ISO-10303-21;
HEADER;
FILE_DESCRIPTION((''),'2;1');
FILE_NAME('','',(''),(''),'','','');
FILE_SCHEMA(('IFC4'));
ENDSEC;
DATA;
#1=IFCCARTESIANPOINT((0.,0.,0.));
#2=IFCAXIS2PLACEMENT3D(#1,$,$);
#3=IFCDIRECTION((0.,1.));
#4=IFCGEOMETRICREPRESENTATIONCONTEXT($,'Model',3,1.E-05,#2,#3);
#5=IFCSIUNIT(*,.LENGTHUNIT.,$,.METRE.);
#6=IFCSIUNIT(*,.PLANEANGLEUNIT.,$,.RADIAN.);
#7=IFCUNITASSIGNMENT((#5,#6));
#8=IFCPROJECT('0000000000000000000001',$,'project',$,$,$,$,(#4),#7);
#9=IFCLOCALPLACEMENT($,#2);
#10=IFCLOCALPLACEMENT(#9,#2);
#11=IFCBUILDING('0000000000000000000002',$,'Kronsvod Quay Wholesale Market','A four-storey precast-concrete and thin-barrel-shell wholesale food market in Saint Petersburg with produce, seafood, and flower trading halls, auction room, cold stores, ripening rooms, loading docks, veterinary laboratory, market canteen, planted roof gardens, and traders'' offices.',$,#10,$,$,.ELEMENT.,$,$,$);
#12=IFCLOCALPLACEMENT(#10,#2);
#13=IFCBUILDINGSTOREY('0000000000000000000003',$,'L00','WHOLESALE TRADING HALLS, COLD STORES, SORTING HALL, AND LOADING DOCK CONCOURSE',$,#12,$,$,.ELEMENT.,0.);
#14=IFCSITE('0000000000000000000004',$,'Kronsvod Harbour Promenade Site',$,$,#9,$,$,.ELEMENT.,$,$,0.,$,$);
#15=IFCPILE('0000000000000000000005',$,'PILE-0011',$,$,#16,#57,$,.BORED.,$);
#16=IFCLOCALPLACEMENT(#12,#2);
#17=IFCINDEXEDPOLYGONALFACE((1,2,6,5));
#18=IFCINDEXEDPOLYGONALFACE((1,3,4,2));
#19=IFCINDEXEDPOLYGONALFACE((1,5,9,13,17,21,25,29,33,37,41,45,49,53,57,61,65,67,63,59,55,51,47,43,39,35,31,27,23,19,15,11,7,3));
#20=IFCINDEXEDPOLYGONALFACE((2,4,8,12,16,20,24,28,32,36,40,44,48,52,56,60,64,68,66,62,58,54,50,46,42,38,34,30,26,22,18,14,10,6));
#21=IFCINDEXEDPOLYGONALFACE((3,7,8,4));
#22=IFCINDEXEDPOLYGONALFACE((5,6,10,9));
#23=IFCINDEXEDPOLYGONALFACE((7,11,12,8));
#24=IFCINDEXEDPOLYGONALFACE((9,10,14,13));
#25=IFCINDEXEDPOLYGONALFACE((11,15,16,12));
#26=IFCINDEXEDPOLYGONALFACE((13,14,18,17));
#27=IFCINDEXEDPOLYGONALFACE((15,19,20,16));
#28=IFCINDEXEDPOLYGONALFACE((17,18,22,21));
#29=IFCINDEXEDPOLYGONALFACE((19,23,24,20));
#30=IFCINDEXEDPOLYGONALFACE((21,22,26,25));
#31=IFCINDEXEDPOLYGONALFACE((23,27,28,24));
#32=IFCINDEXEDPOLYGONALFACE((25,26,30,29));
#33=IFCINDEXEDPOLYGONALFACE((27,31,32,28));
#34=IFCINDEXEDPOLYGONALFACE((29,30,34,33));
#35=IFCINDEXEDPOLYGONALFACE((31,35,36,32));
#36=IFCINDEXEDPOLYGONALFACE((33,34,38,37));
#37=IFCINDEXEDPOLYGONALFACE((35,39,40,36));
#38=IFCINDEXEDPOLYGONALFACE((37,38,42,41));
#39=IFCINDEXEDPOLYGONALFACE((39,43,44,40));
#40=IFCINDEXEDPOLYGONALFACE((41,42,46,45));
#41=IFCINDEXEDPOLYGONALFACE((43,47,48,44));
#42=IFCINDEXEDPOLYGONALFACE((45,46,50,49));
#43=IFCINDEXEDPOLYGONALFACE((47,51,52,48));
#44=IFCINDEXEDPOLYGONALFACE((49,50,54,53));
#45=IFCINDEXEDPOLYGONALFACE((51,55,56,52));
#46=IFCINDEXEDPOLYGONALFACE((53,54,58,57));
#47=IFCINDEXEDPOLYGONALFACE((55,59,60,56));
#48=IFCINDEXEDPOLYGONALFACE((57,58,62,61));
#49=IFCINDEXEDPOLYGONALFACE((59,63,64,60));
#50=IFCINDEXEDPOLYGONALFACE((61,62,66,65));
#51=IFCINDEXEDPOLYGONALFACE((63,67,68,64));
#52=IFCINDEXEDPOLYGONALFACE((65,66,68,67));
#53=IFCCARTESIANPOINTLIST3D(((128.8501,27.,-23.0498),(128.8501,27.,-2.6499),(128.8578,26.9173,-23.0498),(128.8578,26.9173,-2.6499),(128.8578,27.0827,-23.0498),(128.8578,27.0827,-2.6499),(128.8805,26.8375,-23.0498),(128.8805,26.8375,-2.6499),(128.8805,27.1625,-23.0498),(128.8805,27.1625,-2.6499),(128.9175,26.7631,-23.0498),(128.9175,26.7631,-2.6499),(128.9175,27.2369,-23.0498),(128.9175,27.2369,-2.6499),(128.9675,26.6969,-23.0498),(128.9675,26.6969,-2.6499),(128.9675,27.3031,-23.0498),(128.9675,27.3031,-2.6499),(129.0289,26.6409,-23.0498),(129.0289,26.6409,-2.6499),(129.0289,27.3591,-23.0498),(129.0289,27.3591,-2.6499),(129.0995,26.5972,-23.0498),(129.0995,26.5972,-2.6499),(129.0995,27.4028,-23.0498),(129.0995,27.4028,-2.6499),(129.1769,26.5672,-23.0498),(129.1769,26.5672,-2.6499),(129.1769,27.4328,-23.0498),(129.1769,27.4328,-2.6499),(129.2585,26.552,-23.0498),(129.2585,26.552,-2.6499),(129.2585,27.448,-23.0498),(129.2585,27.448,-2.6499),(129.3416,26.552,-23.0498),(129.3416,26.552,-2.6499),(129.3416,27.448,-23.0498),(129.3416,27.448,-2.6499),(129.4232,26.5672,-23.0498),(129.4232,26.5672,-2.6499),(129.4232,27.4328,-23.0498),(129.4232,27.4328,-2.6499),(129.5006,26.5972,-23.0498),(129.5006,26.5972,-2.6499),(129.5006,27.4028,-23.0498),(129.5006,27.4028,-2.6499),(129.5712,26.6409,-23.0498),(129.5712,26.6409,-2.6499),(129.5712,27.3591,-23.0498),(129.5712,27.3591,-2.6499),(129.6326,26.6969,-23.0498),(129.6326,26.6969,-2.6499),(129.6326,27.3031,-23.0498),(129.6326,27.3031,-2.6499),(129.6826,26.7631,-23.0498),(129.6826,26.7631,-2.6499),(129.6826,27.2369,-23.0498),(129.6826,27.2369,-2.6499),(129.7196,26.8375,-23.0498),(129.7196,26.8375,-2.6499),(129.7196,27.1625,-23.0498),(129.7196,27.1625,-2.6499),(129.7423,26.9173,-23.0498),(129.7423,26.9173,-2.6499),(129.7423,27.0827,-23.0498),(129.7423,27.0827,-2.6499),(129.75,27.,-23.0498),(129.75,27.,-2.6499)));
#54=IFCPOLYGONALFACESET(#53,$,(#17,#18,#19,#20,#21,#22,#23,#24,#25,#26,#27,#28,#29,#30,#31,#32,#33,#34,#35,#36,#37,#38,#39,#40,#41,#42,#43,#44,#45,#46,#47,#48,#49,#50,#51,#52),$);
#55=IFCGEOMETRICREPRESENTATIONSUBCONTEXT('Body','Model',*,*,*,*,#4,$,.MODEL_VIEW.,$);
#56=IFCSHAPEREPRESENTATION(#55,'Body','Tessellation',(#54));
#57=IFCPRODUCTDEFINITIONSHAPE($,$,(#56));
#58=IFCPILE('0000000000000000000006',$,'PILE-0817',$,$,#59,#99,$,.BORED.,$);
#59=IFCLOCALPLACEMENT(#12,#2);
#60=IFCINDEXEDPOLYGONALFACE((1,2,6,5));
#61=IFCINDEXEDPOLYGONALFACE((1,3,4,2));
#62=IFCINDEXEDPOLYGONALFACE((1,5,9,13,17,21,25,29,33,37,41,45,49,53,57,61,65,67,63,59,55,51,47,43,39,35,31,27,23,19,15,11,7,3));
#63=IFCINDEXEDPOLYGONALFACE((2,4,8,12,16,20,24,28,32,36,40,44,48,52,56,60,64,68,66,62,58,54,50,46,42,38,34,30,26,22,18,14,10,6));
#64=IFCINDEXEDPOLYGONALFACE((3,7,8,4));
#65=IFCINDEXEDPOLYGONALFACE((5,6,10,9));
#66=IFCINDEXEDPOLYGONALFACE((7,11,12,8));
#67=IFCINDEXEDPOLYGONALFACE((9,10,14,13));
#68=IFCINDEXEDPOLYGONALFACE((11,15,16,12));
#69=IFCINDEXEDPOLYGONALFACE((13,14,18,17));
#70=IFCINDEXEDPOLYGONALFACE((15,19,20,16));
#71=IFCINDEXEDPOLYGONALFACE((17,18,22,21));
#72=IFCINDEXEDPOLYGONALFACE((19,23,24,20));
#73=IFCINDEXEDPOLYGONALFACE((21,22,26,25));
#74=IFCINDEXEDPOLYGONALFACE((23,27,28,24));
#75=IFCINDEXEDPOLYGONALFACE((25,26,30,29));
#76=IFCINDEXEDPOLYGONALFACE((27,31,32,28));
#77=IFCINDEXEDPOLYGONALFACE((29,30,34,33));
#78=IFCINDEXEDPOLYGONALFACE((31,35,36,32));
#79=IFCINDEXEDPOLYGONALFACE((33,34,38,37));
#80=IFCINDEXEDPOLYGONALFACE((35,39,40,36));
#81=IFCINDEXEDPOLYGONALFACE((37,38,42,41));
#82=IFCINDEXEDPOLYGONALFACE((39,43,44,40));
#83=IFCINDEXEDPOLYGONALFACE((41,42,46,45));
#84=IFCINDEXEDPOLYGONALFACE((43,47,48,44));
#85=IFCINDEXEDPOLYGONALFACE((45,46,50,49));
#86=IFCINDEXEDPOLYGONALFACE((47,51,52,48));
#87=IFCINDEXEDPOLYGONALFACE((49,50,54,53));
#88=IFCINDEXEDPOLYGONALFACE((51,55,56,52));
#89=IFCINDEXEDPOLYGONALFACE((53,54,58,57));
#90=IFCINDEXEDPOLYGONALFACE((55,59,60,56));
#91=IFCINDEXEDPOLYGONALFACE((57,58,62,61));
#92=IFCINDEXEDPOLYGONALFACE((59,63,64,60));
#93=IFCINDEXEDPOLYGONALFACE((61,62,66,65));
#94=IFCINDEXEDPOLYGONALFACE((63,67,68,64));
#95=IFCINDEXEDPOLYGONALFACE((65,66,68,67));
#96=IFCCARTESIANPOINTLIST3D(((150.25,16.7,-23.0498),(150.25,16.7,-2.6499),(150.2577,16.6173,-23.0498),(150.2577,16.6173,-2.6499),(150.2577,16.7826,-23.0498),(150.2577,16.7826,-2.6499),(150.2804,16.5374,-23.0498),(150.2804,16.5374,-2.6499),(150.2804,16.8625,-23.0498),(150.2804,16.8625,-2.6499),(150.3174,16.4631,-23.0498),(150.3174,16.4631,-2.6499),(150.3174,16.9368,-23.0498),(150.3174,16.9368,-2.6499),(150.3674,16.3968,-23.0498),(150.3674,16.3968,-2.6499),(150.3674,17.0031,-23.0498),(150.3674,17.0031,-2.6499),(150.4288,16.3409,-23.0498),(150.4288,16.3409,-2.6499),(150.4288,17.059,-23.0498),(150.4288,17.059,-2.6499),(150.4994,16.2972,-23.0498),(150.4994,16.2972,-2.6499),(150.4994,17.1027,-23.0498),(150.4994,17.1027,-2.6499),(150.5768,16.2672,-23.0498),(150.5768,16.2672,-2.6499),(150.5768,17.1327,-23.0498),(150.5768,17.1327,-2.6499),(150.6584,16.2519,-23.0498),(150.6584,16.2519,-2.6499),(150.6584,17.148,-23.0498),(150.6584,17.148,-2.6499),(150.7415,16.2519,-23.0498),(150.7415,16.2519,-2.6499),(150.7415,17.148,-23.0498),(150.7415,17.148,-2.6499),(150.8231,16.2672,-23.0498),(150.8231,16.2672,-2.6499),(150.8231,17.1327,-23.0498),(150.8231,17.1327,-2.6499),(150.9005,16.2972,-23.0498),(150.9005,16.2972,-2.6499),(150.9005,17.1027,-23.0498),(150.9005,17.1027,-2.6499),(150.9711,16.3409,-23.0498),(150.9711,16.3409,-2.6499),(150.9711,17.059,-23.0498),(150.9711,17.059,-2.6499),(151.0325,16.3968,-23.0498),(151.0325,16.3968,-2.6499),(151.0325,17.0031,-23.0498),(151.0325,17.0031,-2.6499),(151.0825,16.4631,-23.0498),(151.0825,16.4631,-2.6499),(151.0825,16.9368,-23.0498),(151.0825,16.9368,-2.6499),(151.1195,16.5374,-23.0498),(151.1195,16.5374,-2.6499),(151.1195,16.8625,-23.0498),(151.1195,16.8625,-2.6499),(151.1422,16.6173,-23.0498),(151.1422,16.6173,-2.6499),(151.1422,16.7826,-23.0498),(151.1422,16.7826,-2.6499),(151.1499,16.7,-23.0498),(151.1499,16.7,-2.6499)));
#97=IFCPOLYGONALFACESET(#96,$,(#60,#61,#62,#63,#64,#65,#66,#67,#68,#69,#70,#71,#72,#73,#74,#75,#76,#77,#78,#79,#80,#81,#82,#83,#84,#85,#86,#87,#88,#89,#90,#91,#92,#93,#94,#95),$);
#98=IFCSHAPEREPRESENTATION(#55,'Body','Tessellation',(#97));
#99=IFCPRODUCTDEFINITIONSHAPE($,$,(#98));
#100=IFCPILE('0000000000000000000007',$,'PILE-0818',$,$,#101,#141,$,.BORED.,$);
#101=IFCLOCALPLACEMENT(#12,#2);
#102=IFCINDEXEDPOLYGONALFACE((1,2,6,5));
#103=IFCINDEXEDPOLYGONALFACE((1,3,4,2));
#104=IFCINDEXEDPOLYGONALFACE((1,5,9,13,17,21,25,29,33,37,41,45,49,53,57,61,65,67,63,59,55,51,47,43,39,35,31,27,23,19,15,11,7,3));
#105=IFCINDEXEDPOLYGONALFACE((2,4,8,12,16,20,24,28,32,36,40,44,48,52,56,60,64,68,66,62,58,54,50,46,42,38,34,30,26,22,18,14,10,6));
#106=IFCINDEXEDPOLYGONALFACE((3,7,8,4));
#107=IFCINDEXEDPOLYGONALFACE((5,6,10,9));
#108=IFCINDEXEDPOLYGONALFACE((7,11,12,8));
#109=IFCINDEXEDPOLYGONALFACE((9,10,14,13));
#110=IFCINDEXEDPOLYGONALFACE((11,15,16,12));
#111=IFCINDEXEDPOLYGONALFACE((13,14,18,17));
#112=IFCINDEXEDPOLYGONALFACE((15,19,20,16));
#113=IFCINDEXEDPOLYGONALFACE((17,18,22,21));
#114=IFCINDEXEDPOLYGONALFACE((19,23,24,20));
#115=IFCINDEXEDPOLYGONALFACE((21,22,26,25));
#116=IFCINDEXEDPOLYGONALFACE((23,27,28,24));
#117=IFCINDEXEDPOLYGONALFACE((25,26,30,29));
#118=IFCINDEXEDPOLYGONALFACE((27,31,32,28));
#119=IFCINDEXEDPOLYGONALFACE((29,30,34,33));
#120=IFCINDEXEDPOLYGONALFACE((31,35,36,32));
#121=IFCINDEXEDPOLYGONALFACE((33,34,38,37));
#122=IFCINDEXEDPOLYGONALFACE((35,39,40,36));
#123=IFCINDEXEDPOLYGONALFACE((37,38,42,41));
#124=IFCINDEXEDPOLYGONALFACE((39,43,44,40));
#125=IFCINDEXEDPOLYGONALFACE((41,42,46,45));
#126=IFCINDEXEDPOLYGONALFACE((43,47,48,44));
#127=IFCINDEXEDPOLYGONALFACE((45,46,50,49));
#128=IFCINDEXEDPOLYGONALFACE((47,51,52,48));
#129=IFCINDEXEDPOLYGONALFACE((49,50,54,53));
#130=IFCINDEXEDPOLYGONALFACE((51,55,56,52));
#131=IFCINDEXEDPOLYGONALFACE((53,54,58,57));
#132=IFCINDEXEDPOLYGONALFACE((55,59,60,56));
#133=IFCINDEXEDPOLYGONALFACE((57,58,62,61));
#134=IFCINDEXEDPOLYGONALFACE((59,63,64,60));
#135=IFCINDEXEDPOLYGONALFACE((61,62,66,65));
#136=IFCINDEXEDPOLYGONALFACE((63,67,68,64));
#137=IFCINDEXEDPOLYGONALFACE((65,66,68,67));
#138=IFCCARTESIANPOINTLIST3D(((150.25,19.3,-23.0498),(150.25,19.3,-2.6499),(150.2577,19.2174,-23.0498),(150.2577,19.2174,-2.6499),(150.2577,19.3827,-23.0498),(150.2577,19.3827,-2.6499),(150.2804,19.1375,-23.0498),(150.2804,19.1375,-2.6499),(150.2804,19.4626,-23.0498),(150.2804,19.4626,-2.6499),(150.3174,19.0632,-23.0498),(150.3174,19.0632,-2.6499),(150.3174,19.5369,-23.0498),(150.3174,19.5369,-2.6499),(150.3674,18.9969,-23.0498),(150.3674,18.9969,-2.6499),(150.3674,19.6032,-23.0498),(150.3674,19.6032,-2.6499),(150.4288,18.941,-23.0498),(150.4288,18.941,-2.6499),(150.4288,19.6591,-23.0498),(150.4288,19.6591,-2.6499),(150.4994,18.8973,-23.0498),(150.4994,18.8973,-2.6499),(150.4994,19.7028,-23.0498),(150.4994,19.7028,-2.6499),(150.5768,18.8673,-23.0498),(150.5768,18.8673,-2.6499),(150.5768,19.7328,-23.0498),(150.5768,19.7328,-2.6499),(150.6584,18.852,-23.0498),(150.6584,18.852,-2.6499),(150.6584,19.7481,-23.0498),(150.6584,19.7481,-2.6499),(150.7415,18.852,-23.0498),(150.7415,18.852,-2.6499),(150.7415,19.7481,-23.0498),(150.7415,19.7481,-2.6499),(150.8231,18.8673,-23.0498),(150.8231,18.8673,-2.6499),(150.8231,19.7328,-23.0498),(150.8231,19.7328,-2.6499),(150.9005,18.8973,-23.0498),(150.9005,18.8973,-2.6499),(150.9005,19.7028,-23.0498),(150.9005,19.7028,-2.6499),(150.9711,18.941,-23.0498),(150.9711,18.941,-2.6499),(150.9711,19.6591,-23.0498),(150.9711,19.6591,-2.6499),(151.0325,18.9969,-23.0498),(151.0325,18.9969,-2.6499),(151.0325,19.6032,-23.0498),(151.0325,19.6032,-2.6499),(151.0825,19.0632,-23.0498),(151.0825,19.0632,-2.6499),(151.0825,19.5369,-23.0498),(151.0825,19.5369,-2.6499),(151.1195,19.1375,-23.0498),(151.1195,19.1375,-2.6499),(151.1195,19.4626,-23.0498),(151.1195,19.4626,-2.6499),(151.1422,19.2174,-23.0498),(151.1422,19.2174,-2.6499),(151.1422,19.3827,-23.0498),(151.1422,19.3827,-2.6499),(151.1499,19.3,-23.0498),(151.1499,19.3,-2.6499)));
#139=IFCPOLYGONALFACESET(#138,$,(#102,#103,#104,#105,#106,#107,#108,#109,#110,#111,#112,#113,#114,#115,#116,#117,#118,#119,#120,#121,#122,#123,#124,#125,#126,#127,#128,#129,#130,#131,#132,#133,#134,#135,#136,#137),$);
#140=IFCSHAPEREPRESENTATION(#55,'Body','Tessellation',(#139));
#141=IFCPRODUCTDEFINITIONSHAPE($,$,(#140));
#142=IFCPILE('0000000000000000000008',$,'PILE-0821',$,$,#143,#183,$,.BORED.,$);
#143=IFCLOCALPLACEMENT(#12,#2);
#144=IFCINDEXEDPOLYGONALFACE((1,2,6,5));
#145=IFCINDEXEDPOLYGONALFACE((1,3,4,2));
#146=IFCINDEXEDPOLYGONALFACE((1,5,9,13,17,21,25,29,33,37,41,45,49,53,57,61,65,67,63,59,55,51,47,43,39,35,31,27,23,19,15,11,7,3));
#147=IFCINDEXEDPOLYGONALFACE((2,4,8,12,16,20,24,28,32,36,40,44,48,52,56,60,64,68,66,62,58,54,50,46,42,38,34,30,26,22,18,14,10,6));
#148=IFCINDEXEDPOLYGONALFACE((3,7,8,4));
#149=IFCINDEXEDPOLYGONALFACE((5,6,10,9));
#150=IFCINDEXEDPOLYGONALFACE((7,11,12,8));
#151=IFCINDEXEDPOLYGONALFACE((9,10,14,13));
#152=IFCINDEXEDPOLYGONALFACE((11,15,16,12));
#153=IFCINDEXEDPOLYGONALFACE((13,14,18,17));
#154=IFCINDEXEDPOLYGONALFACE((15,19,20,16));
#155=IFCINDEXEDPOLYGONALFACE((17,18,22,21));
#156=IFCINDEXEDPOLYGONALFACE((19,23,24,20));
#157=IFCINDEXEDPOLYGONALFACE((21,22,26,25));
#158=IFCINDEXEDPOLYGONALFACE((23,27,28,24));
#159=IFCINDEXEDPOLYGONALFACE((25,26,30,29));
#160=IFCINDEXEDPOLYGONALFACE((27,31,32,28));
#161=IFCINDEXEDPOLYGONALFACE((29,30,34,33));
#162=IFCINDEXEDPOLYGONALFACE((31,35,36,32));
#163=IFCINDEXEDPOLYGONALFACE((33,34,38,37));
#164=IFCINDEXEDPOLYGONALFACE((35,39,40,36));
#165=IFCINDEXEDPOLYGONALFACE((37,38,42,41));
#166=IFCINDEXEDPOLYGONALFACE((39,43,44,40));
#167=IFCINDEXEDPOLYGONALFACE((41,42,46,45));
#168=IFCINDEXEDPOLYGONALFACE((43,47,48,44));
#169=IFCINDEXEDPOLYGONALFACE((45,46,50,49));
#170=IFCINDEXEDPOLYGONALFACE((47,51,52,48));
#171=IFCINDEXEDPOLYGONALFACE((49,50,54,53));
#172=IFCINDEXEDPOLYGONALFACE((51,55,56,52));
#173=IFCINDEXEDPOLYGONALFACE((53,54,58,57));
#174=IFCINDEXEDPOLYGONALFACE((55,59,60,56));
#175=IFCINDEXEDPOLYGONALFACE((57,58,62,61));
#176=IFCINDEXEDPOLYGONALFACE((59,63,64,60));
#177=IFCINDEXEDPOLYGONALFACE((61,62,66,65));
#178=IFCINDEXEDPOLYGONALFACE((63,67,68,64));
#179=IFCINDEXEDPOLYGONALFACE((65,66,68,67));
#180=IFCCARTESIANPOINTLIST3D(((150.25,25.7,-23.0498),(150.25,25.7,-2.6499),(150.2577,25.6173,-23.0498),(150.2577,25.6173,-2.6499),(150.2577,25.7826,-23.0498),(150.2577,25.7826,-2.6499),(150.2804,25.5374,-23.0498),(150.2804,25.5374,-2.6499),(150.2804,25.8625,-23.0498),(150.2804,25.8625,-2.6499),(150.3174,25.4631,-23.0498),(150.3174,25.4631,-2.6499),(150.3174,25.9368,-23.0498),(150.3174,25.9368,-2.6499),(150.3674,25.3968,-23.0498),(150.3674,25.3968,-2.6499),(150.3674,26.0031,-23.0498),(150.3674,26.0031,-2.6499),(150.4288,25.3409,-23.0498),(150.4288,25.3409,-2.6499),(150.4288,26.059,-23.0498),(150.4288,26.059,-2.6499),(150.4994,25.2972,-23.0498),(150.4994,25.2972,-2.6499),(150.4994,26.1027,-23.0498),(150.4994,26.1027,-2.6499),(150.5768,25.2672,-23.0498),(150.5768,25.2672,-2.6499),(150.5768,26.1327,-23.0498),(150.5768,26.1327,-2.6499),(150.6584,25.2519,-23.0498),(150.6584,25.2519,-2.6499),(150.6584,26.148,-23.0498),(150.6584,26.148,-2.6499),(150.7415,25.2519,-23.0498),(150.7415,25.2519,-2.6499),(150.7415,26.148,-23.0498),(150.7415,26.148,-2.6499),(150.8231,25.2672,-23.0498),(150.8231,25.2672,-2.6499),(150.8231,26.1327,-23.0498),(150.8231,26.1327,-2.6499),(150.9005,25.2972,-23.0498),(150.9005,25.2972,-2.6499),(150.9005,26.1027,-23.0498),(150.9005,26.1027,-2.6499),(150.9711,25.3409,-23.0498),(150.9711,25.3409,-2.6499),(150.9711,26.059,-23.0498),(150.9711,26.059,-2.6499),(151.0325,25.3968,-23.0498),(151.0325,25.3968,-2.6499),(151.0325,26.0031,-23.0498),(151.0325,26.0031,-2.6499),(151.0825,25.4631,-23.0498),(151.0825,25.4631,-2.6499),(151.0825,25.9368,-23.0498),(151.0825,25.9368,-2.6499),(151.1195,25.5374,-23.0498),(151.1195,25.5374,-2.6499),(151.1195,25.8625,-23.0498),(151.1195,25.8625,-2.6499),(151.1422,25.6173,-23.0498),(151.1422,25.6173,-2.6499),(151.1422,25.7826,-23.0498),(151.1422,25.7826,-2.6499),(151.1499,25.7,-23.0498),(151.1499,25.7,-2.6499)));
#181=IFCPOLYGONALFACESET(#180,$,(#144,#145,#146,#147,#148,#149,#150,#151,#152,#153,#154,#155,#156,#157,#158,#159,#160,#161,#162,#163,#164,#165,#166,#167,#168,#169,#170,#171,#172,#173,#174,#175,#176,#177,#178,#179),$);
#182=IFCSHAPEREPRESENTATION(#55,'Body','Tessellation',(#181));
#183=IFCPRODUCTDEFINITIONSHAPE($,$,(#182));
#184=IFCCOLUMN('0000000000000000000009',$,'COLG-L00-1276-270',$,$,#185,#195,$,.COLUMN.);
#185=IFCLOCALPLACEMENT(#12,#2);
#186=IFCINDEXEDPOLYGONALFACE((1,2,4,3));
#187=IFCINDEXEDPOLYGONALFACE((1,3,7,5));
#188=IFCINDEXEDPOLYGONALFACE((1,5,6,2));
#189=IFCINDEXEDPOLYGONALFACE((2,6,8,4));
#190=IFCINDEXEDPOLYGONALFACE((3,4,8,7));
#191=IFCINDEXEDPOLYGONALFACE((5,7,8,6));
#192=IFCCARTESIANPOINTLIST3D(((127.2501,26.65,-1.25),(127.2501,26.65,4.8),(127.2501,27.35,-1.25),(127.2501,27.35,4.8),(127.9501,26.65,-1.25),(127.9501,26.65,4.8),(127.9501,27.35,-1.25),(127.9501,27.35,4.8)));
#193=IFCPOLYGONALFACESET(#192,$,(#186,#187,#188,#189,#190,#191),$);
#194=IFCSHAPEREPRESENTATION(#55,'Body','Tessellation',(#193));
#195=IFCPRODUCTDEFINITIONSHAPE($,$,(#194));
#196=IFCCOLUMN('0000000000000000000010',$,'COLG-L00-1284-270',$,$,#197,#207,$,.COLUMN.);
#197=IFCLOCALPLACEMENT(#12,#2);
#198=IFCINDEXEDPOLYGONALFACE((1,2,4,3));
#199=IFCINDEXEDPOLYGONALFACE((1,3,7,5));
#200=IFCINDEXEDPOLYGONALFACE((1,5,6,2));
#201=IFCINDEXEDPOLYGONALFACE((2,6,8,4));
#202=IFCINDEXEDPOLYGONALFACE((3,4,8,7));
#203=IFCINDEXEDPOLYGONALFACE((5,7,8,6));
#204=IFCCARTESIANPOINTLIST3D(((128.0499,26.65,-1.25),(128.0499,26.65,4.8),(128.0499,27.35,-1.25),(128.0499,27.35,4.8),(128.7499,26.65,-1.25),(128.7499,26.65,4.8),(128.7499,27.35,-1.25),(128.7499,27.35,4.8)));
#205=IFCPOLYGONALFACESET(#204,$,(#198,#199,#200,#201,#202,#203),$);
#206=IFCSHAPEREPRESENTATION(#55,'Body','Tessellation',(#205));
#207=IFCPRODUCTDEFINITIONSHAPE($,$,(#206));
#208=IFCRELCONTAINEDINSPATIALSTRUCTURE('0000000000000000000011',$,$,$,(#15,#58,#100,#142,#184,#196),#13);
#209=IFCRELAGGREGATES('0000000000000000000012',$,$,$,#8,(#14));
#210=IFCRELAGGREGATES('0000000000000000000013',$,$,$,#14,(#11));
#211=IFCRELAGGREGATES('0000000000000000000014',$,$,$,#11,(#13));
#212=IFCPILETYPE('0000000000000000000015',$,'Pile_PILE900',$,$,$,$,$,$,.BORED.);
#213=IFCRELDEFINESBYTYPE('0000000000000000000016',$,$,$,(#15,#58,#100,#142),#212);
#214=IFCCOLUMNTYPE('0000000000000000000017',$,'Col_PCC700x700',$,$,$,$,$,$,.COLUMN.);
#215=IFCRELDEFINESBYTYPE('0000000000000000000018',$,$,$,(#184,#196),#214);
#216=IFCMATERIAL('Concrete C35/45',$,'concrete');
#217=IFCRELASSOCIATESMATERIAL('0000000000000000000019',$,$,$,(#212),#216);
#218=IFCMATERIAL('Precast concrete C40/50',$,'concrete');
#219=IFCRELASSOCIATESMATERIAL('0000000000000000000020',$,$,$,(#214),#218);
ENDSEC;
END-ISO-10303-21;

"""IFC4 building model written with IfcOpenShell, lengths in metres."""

from ifc_helpers import new_model, si_unit, direction, frame, origin, origin_2d, place, context, subcontext, project, spatial, rectangle, circle, extrude, material, material_profile, profile_set, type_object, element, save


model = new_model("IFC4")

# Units and contexts
model_context = context("Model", 3, precision=1e-05, world=origin(), true_north=direction((0.0, 1.0)))
body_context = subcontext(model_context, "Body", "Model", "MODEL_VIEW")
ifc_project = project(units=[si_unit("LENGTHUNIT", "METRE"), si_unit("PLANEANGLEUNIT", "RADIAN")], contexts=[model_context])

# Site, building, storey
site_placement = place(None, origin())
site = spatial("IfcSite", under=ifc_project, at=site_placement, Name="Kronsvod Harbour Promenade Site", CompositionType="ELEMENT", RefElevation=0.0)
building_placement = place(site_placement, origin())
building = spatial("IfcBuilding", under=site, at=building_placement, Name="Kronsvod Quay Wholesale Market", Description="A four-storey precast-concrete and thin-barrel-shell wholesale food market in Saint Petersburg with produce, seafood, and flower trading halls, auction room, cold stores, ripening rooms, loading docks, veterinary laboratory, market canteen, planted roof gardens, and traders' offices.", CompositionType="ELEMENT")
storey_placement = place(building_placement, origin())
storey = spatial("IfcBuildingStorey", under=building, at=storey_placement, Name="L00", Description="WHOLESALE TRADING HALLS, COLD STORES, SORTING HALL, AND LOADING DOCK CONCOURSE", CompositionType="ELEMENT", Elevation=0.0)

# Piles
ifc_material_1 = material(Name="Concrete C35/45", Category="concrete")
ifc_material_profile_1 = material_profile(ifc_material_1, circle(Radius=0.45, at=origin_2d()), Name="PILE900")
ifc_profile_set_1 = profile_set([ifc_material_profile_1], Name="Concrete C35/45")
pile_type_1 = type_object("IfcPileType", Name="Pile_PILE900", PredefinedType="BORED", material=ifc_profile_set_1)
for number, where, z_axis, x_axis, name in (
    (1, (129.3, 27.0, -2.6499), (0.0, 0.0, -1.0), (1.0, 0.0, 0.0), "PILE-0011"),
    (2, (150.7, 16.7, -2.6499), (0.0, 0.0, -1.0), (1.0, 0.0, 0.0), "PILE-0817"),
    (3, (150.7, 19.3, -2.6499), (0.0, 0.0, -1.0), (1.0, 0.0, 0.0), "PILE-0818"),
    (4, (150.7, 25.7, -2.6499), (0.0, 0.0, -1.0), (1.0, 0.0, 0.0), "PILE-0821"),
):
    element("IfcPile", number, at=place(storey_placement, frame(where, z_axis=z_axis, x_axis=x_axis)), inside=storey, type_object=pile_type_1, Name=name, PredefinedType="BORED", context=body_context, shape_type="SweptSolid", body=[
        extrude(circle(Radius=0.45, at=origin_2d()), origin(), (0.0, 0.0, 1.0), 20.3999),
    ])

# Columns
ifc_material_2 = material(Name="Precast concrete C40/50", Category="concrete")
ifc_material_profile_2 = material_profile(ifc_material_2, rectangle(XDim=0.7, YDim=0.7, at=origin_2d()), Name="PCC700x700")
ifc_profile_set_2 = profile_set([ifc_material_profile_2], Name="Precast concrete C40/50")
column_type = type_object("IfcColumnType", Name="Col_PCC700x700", PredefinedType="COLUMN", material=ifc_profile_set_2)
for number, where, z_axis, x_axis, name in (
    (5, (127.6001, 27.0, -1.25), (0.0, 0.0, 1.0), (1.0, 0.0, 0.0), "COLG-L00-1276-270"),
    (6, (128.3999, 27.0, -1.25), (0.0, 0.0, 1.0), (1.0, 0.0, 0.0), "COLG-L00-1284-270"),
):
    element("IfcColumn", number, at=place(storey_placement, frame(where, z_axis=z_axis, x_axis=x_axis)), inside=storey, type_object=column_type, Name=name, PredefinedType="COLUMN", context=body_context, shape_type="SweptSolid", body=[
        extrude(rectangle(XDim=0.7, YDim=0.7, at=origin_2d()), origin(), (0.0, 0.0, 1.0), 6.05),
    ])

save(model, "model.ifc")
